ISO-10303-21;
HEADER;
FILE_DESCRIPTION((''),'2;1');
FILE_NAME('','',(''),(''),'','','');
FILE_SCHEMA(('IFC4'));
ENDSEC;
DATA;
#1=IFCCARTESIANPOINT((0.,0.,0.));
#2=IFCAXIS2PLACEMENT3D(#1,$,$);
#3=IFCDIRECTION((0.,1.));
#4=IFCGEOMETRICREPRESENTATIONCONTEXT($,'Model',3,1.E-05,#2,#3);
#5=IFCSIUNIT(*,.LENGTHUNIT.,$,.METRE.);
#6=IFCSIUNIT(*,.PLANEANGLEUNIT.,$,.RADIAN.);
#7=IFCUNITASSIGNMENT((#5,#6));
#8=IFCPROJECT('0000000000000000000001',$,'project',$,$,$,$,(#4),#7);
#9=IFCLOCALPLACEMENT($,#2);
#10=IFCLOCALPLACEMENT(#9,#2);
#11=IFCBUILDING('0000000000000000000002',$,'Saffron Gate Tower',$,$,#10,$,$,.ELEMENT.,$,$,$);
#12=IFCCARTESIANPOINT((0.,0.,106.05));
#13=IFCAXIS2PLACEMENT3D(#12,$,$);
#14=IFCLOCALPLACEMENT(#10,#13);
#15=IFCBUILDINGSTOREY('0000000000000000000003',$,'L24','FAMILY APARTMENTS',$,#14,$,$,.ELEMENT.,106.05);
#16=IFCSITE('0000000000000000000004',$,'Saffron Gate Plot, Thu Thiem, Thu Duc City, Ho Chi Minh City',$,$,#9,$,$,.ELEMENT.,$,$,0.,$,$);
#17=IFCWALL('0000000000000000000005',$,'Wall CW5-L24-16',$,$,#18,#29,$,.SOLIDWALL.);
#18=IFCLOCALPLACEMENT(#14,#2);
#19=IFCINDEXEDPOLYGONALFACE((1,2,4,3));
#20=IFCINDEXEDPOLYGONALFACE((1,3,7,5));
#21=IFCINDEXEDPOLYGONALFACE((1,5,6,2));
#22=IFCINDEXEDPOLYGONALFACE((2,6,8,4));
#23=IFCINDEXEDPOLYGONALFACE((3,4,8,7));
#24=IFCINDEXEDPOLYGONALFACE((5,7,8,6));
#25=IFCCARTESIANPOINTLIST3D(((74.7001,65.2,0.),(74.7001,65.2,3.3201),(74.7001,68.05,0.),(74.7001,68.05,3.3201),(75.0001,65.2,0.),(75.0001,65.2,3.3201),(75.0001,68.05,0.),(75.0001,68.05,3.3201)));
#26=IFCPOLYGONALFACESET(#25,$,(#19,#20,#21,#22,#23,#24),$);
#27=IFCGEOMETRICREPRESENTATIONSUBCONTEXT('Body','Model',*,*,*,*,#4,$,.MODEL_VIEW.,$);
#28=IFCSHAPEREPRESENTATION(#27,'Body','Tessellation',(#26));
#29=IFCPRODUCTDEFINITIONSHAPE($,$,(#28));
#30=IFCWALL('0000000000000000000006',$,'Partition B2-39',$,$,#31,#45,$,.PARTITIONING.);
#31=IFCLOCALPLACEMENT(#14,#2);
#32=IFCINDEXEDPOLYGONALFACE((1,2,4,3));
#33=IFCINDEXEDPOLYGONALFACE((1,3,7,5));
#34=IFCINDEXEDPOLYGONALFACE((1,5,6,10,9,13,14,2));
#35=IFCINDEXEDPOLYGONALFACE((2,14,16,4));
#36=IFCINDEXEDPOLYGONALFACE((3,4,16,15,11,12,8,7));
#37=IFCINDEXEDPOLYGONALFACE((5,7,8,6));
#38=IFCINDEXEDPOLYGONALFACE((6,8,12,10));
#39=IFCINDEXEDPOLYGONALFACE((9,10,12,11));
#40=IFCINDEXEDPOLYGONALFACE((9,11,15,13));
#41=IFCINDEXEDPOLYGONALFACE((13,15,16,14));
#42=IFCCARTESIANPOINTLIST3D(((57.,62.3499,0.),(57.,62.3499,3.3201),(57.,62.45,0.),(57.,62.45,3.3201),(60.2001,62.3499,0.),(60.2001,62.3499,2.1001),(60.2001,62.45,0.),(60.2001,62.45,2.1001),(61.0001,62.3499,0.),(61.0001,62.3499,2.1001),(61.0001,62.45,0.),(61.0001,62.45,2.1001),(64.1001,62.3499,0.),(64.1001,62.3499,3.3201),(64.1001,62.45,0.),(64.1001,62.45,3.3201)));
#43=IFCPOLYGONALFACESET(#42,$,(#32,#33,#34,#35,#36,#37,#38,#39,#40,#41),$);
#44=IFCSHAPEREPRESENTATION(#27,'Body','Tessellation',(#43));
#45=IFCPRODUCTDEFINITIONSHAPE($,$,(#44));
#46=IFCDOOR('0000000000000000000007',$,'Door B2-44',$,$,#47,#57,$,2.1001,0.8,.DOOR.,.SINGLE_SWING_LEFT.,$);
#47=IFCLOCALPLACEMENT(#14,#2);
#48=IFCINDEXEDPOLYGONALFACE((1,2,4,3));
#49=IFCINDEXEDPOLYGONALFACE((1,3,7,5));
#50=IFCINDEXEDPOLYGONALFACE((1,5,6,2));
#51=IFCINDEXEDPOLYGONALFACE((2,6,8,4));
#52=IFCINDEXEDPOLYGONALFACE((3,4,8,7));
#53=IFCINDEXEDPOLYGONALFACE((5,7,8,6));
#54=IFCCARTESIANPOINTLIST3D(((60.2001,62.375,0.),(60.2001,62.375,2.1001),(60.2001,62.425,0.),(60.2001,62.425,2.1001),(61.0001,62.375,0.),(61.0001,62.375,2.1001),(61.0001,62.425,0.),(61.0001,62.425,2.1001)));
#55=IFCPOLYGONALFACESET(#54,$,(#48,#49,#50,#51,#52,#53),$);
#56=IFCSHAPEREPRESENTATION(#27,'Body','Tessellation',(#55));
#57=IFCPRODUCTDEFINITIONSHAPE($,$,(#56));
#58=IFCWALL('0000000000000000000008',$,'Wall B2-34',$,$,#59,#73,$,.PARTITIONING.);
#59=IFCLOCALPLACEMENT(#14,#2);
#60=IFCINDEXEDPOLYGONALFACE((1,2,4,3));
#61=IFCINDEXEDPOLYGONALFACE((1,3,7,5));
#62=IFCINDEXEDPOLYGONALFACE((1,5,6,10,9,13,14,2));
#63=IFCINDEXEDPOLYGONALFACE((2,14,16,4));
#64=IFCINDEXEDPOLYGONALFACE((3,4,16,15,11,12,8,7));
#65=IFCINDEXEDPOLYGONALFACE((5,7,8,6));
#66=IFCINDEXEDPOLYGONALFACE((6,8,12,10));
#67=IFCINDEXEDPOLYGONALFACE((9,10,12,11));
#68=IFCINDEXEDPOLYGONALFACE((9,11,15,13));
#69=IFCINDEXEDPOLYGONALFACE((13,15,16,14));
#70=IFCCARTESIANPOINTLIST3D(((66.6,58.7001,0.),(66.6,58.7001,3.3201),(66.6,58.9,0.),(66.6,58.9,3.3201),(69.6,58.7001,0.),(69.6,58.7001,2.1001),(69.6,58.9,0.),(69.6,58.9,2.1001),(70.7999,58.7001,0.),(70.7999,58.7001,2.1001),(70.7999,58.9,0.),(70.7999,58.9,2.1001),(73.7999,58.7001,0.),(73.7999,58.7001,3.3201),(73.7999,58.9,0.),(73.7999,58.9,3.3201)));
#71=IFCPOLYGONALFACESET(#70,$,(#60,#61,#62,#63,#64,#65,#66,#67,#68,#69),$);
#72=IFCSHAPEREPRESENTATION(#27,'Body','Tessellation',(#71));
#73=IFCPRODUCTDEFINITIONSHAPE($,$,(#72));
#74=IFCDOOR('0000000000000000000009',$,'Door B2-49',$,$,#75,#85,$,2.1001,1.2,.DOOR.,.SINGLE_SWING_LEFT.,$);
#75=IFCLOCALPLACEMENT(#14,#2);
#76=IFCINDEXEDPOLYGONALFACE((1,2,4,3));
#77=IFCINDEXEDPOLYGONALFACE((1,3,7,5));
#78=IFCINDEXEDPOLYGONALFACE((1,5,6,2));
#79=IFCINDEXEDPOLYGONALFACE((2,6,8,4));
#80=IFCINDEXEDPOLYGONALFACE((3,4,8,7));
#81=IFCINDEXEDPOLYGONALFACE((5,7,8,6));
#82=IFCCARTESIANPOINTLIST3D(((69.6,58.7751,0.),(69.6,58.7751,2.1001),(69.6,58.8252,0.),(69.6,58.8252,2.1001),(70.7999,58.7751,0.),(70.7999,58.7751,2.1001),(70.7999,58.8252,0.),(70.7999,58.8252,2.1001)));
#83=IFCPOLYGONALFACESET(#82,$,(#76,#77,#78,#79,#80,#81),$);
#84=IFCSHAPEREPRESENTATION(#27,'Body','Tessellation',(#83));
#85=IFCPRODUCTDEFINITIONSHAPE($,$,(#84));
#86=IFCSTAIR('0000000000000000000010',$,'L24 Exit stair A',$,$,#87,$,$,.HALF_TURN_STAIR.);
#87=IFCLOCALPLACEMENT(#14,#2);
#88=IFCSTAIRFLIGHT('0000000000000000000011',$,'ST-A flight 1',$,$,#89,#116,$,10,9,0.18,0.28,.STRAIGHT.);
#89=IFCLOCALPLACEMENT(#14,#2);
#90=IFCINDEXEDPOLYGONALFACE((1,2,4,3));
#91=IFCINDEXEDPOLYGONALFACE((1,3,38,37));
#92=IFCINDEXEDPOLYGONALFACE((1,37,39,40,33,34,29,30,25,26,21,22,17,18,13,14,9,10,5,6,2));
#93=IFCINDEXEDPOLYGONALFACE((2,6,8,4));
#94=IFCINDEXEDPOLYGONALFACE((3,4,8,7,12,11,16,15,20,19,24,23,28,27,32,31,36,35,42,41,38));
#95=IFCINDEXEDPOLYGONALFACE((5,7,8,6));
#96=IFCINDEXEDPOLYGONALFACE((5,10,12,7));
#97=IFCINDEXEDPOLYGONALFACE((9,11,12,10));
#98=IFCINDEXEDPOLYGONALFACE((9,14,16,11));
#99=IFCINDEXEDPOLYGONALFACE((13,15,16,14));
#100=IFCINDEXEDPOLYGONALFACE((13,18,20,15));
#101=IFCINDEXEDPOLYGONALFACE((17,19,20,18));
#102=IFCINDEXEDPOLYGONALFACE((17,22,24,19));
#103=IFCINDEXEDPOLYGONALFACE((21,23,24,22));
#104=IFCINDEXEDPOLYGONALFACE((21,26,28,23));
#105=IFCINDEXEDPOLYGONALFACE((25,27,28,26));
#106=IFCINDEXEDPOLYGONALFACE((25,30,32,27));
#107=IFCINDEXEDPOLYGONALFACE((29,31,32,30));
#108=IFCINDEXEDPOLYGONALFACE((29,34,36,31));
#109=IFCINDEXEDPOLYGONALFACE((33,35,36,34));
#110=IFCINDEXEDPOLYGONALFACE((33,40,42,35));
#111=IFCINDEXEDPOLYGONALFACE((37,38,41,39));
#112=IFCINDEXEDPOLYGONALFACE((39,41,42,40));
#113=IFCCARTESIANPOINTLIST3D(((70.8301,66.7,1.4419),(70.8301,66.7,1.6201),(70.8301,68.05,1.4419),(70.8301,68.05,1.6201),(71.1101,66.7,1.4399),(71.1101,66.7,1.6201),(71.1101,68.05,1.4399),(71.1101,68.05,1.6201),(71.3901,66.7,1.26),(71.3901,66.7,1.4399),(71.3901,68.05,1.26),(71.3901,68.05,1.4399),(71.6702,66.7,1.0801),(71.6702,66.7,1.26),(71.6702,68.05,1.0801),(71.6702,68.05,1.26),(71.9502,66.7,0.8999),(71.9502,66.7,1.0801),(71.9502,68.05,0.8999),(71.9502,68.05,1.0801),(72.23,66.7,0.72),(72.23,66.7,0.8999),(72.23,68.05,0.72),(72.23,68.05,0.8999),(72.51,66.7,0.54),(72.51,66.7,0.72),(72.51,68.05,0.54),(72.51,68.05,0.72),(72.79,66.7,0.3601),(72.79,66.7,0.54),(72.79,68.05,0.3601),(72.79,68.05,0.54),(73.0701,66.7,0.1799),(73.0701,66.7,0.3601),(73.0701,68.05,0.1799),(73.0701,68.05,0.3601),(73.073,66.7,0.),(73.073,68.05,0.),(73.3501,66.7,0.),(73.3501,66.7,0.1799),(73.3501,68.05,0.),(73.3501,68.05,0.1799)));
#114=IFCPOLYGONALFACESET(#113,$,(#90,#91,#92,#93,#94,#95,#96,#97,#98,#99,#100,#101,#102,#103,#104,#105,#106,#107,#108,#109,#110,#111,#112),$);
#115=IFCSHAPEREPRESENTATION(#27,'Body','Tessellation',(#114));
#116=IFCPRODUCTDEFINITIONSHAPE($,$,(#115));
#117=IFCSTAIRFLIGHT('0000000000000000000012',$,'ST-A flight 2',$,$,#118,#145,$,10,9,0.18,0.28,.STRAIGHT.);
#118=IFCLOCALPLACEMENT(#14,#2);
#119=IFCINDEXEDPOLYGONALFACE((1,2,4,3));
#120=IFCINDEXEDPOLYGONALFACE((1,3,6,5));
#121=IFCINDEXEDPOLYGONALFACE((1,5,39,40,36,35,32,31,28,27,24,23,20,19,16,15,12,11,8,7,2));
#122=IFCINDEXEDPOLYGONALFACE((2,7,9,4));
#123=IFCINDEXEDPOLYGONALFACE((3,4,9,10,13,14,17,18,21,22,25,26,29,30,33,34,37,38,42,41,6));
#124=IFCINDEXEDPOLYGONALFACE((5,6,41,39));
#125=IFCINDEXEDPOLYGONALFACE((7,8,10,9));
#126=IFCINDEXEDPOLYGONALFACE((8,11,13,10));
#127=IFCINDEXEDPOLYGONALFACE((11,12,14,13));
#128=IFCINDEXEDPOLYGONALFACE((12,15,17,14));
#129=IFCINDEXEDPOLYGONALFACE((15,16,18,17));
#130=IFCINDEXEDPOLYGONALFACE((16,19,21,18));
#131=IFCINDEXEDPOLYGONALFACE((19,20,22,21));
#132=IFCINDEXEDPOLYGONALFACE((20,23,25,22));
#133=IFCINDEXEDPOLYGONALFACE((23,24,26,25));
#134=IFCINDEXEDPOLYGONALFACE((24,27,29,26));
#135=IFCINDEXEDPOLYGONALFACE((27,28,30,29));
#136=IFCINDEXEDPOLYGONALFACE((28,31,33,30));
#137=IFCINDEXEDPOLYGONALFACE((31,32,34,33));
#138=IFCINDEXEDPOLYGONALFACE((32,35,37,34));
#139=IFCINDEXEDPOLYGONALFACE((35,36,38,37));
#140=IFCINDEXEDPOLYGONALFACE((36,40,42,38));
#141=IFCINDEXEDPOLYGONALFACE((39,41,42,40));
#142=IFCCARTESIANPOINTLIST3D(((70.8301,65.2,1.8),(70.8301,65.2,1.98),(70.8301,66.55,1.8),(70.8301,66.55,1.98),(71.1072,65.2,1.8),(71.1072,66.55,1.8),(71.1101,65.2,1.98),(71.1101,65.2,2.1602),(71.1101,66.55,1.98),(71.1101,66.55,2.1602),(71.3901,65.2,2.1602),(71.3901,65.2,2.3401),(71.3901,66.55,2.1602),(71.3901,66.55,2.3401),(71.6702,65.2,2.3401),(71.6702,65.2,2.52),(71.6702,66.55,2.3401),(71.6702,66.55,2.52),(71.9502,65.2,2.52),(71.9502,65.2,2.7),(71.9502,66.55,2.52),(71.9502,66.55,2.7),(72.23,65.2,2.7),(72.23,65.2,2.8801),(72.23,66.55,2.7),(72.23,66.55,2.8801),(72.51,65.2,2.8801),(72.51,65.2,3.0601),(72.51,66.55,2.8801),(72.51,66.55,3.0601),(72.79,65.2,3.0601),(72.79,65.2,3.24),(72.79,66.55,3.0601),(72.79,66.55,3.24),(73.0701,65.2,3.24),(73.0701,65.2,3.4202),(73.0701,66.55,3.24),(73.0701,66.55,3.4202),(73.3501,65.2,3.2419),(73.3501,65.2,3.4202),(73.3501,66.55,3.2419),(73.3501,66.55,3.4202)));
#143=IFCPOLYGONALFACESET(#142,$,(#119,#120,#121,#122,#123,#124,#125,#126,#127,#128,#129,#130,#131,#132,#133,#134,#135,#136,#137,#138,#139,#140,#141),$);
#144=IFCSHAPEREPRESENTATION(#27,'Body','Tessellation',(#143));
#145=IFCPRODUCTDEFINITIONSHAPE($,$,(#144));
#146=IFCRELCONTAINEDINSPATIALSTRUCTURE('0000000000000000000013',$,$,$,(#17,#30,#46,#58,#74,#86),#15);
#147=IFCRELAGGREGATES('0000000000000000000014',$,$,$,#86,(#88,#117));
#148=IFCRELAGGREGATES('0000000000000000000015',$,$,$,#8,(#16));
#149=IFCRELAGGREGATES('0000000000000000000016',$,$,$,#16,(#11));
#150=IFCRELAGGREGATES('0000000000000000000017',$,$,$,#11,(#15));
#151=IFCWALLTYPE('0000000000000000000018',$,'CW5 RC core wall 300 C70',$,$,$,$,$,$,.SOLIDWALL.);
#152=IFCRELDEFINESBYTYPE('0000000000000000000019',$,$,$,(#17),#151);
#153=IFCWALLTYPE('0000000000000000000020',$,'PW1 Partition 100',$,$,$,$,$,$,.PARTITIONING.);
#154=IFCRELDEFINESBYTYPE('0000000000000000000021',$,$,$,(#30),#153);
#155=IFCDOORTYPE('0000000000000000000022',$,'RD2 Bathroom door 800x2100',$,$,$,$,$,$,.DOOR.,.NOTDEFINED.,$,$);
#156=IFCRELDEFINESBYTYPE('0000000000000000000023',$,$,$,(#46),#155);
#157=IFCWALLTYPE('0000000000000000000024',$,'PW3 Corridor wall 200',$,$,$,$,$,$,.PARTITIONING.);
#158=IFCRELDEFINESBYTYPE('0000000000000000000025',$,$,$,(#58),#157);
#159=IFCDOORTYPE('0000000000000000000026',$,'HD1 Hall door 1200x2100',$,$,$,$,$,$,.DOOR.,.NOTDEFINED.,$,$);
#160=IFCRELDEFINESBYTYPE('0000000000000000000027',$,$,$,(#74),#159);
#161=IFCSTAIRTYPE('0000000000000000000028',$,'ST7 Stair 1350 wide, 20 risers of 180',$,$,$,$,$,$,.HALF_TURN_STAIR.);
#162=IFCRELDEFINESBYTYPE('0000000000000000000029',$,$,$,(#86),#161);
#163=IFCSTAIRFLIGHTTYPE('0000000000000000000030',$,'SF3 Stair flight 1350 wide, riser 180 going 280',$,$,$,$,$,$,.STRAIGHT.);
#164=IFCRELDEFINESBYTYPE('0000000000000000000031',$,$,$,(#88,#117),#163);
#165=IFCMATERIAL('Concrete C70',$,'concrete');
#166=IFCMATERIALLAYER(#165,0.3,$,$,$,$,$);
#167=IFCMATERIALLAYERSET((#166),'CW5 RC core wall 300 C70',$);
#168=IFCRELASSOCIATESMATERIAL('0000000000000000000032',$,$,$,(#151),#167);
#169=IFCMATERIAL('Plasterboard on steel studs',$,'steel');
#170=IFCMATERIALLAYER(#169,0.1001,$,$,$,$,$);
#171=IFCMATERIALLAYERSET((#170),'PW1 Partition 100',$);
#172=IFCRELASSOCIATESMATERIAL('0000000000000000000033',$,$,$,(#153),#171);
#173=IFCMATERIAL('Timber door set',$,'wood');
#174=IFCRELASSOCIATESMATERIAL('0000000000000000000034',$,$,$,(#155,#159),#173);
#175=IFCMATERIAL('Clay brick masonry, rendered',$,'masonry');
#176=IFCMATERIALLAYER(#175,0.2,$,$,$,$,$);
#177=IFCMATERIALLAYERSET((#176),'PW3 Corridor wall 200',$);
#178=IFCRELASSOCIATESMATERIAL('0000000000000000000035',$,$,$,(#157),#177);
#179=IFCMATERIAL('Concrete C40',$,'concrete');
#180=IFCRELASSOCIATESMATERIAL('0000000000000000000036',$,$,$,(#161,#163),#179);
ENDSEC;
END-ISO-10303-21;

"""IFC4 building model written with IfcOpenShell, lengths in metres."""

from ifc_helpers import new_model, si_unit, direction, frame, frame_2d, origin, place, context, subcontext, project, spatial, polyline, rectangle, outline, extrude, material, layer, layer_set, type_object, element, fill, aggregate, save


model = new_model("IFC4")

# Units and contexts
model_context = context("Model", 3, precision=1e-05, world=origin(), true_north=direction((0.0, 1.0)))
body_context = subcontext(model_context, "Body", "Model", "MODEL_VIEW")
ifc_project = project(units=[si_unit("LENGTHUNIT", "METRE"), si_unit("PLANEANGLEUNIT", "RADIAN")], contexts=[model_context])

# Site, building, storey
site_placement = place(None, origin())
site = spatial("IfcSite", under=ifc_project, at=site_placement, Name="Saffron Gate Plot, Thu Thiem, Thu Duc City, Ho Chi Minh City", CompositionType="ELEMENT", RefElevation=0.0)
building_placement = place(site_placement, origin())
building = spatial("IfcBuilding", under=site, at=building_placement, Name="Saffron Gate Tower", CompositionType="ELEMENT")
storey_placement = place(building_placement, frame((0.0, 0.0, 106.05)))
storey = spatial("IfcBuildingStorey", under=building, at=storey_placement, Name="L24", Description="FAMILY APARTMENTS", CompositionType="ELEMENT", Elevation=106.05)

# Shared definitions
ifc_material_1 = material(Name="Concrete C70", Category="concrete")

# Wall
ifc_layer_1 = layer(ifc_material_1, 0.3)
ifc_layer_set_1 = layer_set([ifc_layer_1], Name="CW5 RC core wall 300 C70")
wall_type_1 = type_object("IfcWallType", Name="CW5 RC core wall 300 C70", PredefinedType="SOLIDWALL", material=ifc_layer_set_1)
wall_1_placement = place(storey_placement, frame((74.8501, 65.2, 0.0), z_axis=(0.0, 0.0, 1.0), x_axis=(0.0, 1.0, 0.0)))
element("IfcWall", 1, at=wall_1_placement, inside=storey, type_object=wall_type_1, Name="Wall CW5-L24-16", PredefinedType="SOLIDWALL", context=body_context, shape_type="SweptSolid", body=[
    extrude(rectangle(XDim=2.8501, YDim=0.3, at=frame_2d((1.425, 0.0))), origin(), (0.0, 0.0, 1.0), 3.3201),
])

# Walls, openings, doors
ifc_material_2 = material(Name="Plasterboard on steel studs", Category="steel")
ifc_layer_2 = layer(ifc_material_2, 0.1001)
ifc_layer_set_2 = layer_set([ifc_layer_2], Name="PW1 Partition 100")
wall_type_2 = type_object("IfcWallType", Name="PW1 Partition 100", PredefinedType="PARTITIONING", material=ifc_layer_set_2)
wall_2_placement = place(storey_placement, frame((64.1001, 62.3999, 0.0), z_axis=(0.0, 0.0, 1.0), x_axis=(-1.0, 0.0, 0.0)))
wall_2 = element("IfcWall", 2, at=wall_2_placement, inside=storey, type_object=wall_type_2, Name="Partition B2-39", PredefinedType="PARTITIONING", context=body_context, shape_type="SweptSolid", body=[
    extrude(rectangle(XDim=7.1001, YDim=0.1001, at=frame_2d((3.55, 0.0))), origin(), (0.0, 0.0, 1.0), 3.3201),
])
opening_1_placement = place(wall_2_placement, frame((3.1001, 0.0, 0.0)))
opening_1 = element("IfcOpeningElement", 3, at=opening_1_placement, cuts=wall_2, PredefinedType="OPENING", context=body_context, shape_type="SweptSolid", body=[
    extrude(rectangle(XDim=0.8, YDim=2.1001, at=frame_2d((0.3999, 1.05))), frame((0.0, 0.0601, 0.0), z_axis=(0.0, -1.0, 0.0), x_axis=(1.0, 0.0, 0.0)), (0.0, 0.0, 1.0), 0.1201),
])
ifc_material_3 = material(Name="Timber door set", Category="wood")
door_type_1 = type_object("IfcDoorType", Name="RD2 Bathroom door 800x2100", OperationType="NOTDEFINED", PredefinedType="DOOR", material=ifc_material_3)
door_1_placement = place(opening_1_placement, origin())
door_1 = element("IfcDoor", 4, at=door_1_placement, inside=storey, type_object=door_type_1, Name="Door B2-44", OperationType="SINGLE_SWING_LEFT", OverallHeight=2.1001, OverallWidth=0.8, PredefinedType="DOOR", context=body_context, shape_type="SweptSolid", body=[
    extrude(rectangle(XDim=0.8, YDim=2.1001, at=frame_2d((0.3999, 1.05))), frame((0.0, 0.0249, 0.0), z_axis=(0.0, -1.0, 0.0), x_axis=(1.0, 0.0, 0.0)), (0.0, 0.0, 1.0), 0.05),
])
fill(opening_1, door_1)
ifc_material_4 = material(Name="Clay brick masonry, rendered", Category="masonry")
ifc_layer_3 = layer(ifc_material_4, 0.2)
ifc_layer_set_3 = layer_set([ifc_layer_3], Name="PW3 Corridor wall 200")
wall_type_3 = type_object("IfcWallType", Name="PW3 Corridor wall 200", PredefinedType="PARTITIONING", material=ifc_layer_set_3)
wall_3_placement = place(storey_placement, frame((73.8, 58.8, 0.0), z_axis=(0.0, 0.0, 1.0), x_axis=(-1.0, 0.0, 0.0)))
wall_3 = element("IfcWall", 5, at=wall_3_placement, inside=storey, type_object=wall_type_3, Name="Wall B2-34", PredefinedType="PARTITIONING", context=body_context, shape_type="SweptSolid", body=[
    extrude(rectangle(XDim=7.2, YDim=0.2, at=frame_2d((3.6001, 0.0))), origin(), (0.0, 0.0, 1.0), 3.3201),
])
opening_2_placement = place(wall_3_placement, frame((3.0, 0.0, 0.0)))
opening_2 = element("IfcOpeningElement", 6, at=opening_2_placement, cuts=wall_3, PredefinedType="OPENING", context=body_context, shape_type="SweptSolid", body=[
    extrude(rectangle(XDim=1.2, YDim=2.1001, at=frame_2d((0.6001, 1.05))), frame((0.0, 0.1099, 0.0), z_axis=(0.0, -1.0, 0.0), x_axis=(1.0, 0.0, 0.0)), (0.0, 0.0, 1.0), 0.22),
])
door_type_2 = type_object("IfcDoorType", Name="HD1 Hall door 1200x2100", OperationType="NOTDEFINED", PredefinedType="DOOR", material=ifc_material_3)
door_2_placement = place(opening_2_placement, origin())
door_2 = element("IfcDoor", 7, at=door_2_placement, inside=storey, type_object=door_type_2, Name="Door B2-49", OperationType="SINGLE_SWING_LEFT", OverallHeight=2.1001, OverallWidth=1.2, PredefinedType="DOOR", context=body_context, shape_type="SweptSolid", body=[
    extrude(rectangle(XDim=1.2, YDim=2.1001, at=frame_2d((0.6001, 1.05))), frame((0.0, 0.0249, 0.0), z_axis=(0.0, -1.0, 0.0), x_axis=(1.0, 0.0, 0.0)), (0.0, 0.0, 1.0), 0.05),
])
fill(opening_2, door_2)

# Stair, stair flights
ifc_material_5 = material(Name="Concrete C40", Category="concrete")
stair_type = type_object("IfcStairType", Name="ST7 Stair 1350 wide, 20 risers of 180", PredefinedType="HALF_TURN_STAIR", material=ifc_material_5)
stair_placement = place(storey_placement, origin())
stair = element("IfcStair", 8, at=stair_placement, inside=storey, type_object=stair_type, Name="L24 Exit stair A", PredefinedType="HALF_TURN_STAIR")
stair_flight_type = type_object("IfcStairFlightType", Name="SF3 Stair flight 1350 wide, riser 180 going 280", PredefinedType="STRAIGHT", material=ifc_material_5)
stair_flight_1_placement = place(storey_placement, frame((73.3501, 67.375, 0.0), z_axis=(0.0, 0.0, 1.0), x_axis=(-1.0, 0.0, 0.0)))
stair_flight_1 = element("IfcStairFlight", 9, at=stair_flight_1_placement, type_object=stair_flight_type, Name="ST-A flight 1", NumberOfRisers=10, NumberOfTreads=9, PredefinedType="STRAIGHT", RiserHeight=0.18, TreadLength=0.28, context=body_context, shape_type="SweptSolid", body=[
    extrude(outline(polyline([(0.0, 0.0), (0.0, 0.1799), (0.28, 0.1799), (0.28, 0.3601), (0.5601, 0.3601), (0.5601, 0.54), (0.8401, 0.54), (0.8401, 0.72), (1.1201, 0.72), (1.1201, 0.8999), (1.3999, 0.8999), (1.3999, 1.0801), (1.6799, 1.0801), (1.6799, 1.26), (1.96, 1.26), (1.96, 1.4399), (2.24, 1.4399), (2.24, 1.6201), (2.52, 1.6201), (2.52, 1.8), (2.52, 1.4419), (0.2771, 0.0), (0.0, 0.0)])), frame((0.0, 0.675, 0.0), z_axis=(0.0, -1.0, 0.0), x_axis=(1.0, 0.0, 0.0)), (0.0, 0.0, 1.0), 1.3501),
])
stair_flight_2_placement = place(storey_placement, frame((70.8301, 65.875, 1.8), z_axis=(0.0, 0.0, 1.0), x_axis=(1.0, 0.0, 0.0)))
stair_flight_2 = element("IfcStairFlight", 10, at=stair_flight_2_placement, type_object=stair_flight_type, Name="ST-A flight 2", NumberOfRisers=10, NumberOfTreads=9, PredefinedType="STRAIGHT", RiserHeight=0.18, TreadLength=0.28, context=body_context, shape_type="SweptSolid", body=[
    extrude(outline(polyline([(0.0, 0.0), (0.0, 0.1799), (0.28, 0.1799), (0.28, 0.3601), (0.5601, 0.3601), (0.5601, 0.54), (0.8401, 0.54), (0.8401, 0.72), (1.1201, 0.72), (1.1201, 0.8999), (1.3999, 0.8999), (1.3999, 1.0801), (1.6799, 1.0801), (1.6799, 1.26), (1.96, 1.26), (1.96, 1.4399), (2.24, 1.4399), (2.24, 1.6201), (2.52, 1.6201), (2.52, 1.8), (2.52, 1.4419), (0.2771, 0.0), (0.0, 0.0)])), frame((0.0, 0.675, 0.0), z_axis=(0.0, -1.0, 0.0), x_axis=(1.0, 0.0, 0.0)), (0.0, 0.0, 1.0), 1.3501),
])
aggregate(stair, [stair_flight_1, stair_flight_2])

save(model, "model.ifc")
